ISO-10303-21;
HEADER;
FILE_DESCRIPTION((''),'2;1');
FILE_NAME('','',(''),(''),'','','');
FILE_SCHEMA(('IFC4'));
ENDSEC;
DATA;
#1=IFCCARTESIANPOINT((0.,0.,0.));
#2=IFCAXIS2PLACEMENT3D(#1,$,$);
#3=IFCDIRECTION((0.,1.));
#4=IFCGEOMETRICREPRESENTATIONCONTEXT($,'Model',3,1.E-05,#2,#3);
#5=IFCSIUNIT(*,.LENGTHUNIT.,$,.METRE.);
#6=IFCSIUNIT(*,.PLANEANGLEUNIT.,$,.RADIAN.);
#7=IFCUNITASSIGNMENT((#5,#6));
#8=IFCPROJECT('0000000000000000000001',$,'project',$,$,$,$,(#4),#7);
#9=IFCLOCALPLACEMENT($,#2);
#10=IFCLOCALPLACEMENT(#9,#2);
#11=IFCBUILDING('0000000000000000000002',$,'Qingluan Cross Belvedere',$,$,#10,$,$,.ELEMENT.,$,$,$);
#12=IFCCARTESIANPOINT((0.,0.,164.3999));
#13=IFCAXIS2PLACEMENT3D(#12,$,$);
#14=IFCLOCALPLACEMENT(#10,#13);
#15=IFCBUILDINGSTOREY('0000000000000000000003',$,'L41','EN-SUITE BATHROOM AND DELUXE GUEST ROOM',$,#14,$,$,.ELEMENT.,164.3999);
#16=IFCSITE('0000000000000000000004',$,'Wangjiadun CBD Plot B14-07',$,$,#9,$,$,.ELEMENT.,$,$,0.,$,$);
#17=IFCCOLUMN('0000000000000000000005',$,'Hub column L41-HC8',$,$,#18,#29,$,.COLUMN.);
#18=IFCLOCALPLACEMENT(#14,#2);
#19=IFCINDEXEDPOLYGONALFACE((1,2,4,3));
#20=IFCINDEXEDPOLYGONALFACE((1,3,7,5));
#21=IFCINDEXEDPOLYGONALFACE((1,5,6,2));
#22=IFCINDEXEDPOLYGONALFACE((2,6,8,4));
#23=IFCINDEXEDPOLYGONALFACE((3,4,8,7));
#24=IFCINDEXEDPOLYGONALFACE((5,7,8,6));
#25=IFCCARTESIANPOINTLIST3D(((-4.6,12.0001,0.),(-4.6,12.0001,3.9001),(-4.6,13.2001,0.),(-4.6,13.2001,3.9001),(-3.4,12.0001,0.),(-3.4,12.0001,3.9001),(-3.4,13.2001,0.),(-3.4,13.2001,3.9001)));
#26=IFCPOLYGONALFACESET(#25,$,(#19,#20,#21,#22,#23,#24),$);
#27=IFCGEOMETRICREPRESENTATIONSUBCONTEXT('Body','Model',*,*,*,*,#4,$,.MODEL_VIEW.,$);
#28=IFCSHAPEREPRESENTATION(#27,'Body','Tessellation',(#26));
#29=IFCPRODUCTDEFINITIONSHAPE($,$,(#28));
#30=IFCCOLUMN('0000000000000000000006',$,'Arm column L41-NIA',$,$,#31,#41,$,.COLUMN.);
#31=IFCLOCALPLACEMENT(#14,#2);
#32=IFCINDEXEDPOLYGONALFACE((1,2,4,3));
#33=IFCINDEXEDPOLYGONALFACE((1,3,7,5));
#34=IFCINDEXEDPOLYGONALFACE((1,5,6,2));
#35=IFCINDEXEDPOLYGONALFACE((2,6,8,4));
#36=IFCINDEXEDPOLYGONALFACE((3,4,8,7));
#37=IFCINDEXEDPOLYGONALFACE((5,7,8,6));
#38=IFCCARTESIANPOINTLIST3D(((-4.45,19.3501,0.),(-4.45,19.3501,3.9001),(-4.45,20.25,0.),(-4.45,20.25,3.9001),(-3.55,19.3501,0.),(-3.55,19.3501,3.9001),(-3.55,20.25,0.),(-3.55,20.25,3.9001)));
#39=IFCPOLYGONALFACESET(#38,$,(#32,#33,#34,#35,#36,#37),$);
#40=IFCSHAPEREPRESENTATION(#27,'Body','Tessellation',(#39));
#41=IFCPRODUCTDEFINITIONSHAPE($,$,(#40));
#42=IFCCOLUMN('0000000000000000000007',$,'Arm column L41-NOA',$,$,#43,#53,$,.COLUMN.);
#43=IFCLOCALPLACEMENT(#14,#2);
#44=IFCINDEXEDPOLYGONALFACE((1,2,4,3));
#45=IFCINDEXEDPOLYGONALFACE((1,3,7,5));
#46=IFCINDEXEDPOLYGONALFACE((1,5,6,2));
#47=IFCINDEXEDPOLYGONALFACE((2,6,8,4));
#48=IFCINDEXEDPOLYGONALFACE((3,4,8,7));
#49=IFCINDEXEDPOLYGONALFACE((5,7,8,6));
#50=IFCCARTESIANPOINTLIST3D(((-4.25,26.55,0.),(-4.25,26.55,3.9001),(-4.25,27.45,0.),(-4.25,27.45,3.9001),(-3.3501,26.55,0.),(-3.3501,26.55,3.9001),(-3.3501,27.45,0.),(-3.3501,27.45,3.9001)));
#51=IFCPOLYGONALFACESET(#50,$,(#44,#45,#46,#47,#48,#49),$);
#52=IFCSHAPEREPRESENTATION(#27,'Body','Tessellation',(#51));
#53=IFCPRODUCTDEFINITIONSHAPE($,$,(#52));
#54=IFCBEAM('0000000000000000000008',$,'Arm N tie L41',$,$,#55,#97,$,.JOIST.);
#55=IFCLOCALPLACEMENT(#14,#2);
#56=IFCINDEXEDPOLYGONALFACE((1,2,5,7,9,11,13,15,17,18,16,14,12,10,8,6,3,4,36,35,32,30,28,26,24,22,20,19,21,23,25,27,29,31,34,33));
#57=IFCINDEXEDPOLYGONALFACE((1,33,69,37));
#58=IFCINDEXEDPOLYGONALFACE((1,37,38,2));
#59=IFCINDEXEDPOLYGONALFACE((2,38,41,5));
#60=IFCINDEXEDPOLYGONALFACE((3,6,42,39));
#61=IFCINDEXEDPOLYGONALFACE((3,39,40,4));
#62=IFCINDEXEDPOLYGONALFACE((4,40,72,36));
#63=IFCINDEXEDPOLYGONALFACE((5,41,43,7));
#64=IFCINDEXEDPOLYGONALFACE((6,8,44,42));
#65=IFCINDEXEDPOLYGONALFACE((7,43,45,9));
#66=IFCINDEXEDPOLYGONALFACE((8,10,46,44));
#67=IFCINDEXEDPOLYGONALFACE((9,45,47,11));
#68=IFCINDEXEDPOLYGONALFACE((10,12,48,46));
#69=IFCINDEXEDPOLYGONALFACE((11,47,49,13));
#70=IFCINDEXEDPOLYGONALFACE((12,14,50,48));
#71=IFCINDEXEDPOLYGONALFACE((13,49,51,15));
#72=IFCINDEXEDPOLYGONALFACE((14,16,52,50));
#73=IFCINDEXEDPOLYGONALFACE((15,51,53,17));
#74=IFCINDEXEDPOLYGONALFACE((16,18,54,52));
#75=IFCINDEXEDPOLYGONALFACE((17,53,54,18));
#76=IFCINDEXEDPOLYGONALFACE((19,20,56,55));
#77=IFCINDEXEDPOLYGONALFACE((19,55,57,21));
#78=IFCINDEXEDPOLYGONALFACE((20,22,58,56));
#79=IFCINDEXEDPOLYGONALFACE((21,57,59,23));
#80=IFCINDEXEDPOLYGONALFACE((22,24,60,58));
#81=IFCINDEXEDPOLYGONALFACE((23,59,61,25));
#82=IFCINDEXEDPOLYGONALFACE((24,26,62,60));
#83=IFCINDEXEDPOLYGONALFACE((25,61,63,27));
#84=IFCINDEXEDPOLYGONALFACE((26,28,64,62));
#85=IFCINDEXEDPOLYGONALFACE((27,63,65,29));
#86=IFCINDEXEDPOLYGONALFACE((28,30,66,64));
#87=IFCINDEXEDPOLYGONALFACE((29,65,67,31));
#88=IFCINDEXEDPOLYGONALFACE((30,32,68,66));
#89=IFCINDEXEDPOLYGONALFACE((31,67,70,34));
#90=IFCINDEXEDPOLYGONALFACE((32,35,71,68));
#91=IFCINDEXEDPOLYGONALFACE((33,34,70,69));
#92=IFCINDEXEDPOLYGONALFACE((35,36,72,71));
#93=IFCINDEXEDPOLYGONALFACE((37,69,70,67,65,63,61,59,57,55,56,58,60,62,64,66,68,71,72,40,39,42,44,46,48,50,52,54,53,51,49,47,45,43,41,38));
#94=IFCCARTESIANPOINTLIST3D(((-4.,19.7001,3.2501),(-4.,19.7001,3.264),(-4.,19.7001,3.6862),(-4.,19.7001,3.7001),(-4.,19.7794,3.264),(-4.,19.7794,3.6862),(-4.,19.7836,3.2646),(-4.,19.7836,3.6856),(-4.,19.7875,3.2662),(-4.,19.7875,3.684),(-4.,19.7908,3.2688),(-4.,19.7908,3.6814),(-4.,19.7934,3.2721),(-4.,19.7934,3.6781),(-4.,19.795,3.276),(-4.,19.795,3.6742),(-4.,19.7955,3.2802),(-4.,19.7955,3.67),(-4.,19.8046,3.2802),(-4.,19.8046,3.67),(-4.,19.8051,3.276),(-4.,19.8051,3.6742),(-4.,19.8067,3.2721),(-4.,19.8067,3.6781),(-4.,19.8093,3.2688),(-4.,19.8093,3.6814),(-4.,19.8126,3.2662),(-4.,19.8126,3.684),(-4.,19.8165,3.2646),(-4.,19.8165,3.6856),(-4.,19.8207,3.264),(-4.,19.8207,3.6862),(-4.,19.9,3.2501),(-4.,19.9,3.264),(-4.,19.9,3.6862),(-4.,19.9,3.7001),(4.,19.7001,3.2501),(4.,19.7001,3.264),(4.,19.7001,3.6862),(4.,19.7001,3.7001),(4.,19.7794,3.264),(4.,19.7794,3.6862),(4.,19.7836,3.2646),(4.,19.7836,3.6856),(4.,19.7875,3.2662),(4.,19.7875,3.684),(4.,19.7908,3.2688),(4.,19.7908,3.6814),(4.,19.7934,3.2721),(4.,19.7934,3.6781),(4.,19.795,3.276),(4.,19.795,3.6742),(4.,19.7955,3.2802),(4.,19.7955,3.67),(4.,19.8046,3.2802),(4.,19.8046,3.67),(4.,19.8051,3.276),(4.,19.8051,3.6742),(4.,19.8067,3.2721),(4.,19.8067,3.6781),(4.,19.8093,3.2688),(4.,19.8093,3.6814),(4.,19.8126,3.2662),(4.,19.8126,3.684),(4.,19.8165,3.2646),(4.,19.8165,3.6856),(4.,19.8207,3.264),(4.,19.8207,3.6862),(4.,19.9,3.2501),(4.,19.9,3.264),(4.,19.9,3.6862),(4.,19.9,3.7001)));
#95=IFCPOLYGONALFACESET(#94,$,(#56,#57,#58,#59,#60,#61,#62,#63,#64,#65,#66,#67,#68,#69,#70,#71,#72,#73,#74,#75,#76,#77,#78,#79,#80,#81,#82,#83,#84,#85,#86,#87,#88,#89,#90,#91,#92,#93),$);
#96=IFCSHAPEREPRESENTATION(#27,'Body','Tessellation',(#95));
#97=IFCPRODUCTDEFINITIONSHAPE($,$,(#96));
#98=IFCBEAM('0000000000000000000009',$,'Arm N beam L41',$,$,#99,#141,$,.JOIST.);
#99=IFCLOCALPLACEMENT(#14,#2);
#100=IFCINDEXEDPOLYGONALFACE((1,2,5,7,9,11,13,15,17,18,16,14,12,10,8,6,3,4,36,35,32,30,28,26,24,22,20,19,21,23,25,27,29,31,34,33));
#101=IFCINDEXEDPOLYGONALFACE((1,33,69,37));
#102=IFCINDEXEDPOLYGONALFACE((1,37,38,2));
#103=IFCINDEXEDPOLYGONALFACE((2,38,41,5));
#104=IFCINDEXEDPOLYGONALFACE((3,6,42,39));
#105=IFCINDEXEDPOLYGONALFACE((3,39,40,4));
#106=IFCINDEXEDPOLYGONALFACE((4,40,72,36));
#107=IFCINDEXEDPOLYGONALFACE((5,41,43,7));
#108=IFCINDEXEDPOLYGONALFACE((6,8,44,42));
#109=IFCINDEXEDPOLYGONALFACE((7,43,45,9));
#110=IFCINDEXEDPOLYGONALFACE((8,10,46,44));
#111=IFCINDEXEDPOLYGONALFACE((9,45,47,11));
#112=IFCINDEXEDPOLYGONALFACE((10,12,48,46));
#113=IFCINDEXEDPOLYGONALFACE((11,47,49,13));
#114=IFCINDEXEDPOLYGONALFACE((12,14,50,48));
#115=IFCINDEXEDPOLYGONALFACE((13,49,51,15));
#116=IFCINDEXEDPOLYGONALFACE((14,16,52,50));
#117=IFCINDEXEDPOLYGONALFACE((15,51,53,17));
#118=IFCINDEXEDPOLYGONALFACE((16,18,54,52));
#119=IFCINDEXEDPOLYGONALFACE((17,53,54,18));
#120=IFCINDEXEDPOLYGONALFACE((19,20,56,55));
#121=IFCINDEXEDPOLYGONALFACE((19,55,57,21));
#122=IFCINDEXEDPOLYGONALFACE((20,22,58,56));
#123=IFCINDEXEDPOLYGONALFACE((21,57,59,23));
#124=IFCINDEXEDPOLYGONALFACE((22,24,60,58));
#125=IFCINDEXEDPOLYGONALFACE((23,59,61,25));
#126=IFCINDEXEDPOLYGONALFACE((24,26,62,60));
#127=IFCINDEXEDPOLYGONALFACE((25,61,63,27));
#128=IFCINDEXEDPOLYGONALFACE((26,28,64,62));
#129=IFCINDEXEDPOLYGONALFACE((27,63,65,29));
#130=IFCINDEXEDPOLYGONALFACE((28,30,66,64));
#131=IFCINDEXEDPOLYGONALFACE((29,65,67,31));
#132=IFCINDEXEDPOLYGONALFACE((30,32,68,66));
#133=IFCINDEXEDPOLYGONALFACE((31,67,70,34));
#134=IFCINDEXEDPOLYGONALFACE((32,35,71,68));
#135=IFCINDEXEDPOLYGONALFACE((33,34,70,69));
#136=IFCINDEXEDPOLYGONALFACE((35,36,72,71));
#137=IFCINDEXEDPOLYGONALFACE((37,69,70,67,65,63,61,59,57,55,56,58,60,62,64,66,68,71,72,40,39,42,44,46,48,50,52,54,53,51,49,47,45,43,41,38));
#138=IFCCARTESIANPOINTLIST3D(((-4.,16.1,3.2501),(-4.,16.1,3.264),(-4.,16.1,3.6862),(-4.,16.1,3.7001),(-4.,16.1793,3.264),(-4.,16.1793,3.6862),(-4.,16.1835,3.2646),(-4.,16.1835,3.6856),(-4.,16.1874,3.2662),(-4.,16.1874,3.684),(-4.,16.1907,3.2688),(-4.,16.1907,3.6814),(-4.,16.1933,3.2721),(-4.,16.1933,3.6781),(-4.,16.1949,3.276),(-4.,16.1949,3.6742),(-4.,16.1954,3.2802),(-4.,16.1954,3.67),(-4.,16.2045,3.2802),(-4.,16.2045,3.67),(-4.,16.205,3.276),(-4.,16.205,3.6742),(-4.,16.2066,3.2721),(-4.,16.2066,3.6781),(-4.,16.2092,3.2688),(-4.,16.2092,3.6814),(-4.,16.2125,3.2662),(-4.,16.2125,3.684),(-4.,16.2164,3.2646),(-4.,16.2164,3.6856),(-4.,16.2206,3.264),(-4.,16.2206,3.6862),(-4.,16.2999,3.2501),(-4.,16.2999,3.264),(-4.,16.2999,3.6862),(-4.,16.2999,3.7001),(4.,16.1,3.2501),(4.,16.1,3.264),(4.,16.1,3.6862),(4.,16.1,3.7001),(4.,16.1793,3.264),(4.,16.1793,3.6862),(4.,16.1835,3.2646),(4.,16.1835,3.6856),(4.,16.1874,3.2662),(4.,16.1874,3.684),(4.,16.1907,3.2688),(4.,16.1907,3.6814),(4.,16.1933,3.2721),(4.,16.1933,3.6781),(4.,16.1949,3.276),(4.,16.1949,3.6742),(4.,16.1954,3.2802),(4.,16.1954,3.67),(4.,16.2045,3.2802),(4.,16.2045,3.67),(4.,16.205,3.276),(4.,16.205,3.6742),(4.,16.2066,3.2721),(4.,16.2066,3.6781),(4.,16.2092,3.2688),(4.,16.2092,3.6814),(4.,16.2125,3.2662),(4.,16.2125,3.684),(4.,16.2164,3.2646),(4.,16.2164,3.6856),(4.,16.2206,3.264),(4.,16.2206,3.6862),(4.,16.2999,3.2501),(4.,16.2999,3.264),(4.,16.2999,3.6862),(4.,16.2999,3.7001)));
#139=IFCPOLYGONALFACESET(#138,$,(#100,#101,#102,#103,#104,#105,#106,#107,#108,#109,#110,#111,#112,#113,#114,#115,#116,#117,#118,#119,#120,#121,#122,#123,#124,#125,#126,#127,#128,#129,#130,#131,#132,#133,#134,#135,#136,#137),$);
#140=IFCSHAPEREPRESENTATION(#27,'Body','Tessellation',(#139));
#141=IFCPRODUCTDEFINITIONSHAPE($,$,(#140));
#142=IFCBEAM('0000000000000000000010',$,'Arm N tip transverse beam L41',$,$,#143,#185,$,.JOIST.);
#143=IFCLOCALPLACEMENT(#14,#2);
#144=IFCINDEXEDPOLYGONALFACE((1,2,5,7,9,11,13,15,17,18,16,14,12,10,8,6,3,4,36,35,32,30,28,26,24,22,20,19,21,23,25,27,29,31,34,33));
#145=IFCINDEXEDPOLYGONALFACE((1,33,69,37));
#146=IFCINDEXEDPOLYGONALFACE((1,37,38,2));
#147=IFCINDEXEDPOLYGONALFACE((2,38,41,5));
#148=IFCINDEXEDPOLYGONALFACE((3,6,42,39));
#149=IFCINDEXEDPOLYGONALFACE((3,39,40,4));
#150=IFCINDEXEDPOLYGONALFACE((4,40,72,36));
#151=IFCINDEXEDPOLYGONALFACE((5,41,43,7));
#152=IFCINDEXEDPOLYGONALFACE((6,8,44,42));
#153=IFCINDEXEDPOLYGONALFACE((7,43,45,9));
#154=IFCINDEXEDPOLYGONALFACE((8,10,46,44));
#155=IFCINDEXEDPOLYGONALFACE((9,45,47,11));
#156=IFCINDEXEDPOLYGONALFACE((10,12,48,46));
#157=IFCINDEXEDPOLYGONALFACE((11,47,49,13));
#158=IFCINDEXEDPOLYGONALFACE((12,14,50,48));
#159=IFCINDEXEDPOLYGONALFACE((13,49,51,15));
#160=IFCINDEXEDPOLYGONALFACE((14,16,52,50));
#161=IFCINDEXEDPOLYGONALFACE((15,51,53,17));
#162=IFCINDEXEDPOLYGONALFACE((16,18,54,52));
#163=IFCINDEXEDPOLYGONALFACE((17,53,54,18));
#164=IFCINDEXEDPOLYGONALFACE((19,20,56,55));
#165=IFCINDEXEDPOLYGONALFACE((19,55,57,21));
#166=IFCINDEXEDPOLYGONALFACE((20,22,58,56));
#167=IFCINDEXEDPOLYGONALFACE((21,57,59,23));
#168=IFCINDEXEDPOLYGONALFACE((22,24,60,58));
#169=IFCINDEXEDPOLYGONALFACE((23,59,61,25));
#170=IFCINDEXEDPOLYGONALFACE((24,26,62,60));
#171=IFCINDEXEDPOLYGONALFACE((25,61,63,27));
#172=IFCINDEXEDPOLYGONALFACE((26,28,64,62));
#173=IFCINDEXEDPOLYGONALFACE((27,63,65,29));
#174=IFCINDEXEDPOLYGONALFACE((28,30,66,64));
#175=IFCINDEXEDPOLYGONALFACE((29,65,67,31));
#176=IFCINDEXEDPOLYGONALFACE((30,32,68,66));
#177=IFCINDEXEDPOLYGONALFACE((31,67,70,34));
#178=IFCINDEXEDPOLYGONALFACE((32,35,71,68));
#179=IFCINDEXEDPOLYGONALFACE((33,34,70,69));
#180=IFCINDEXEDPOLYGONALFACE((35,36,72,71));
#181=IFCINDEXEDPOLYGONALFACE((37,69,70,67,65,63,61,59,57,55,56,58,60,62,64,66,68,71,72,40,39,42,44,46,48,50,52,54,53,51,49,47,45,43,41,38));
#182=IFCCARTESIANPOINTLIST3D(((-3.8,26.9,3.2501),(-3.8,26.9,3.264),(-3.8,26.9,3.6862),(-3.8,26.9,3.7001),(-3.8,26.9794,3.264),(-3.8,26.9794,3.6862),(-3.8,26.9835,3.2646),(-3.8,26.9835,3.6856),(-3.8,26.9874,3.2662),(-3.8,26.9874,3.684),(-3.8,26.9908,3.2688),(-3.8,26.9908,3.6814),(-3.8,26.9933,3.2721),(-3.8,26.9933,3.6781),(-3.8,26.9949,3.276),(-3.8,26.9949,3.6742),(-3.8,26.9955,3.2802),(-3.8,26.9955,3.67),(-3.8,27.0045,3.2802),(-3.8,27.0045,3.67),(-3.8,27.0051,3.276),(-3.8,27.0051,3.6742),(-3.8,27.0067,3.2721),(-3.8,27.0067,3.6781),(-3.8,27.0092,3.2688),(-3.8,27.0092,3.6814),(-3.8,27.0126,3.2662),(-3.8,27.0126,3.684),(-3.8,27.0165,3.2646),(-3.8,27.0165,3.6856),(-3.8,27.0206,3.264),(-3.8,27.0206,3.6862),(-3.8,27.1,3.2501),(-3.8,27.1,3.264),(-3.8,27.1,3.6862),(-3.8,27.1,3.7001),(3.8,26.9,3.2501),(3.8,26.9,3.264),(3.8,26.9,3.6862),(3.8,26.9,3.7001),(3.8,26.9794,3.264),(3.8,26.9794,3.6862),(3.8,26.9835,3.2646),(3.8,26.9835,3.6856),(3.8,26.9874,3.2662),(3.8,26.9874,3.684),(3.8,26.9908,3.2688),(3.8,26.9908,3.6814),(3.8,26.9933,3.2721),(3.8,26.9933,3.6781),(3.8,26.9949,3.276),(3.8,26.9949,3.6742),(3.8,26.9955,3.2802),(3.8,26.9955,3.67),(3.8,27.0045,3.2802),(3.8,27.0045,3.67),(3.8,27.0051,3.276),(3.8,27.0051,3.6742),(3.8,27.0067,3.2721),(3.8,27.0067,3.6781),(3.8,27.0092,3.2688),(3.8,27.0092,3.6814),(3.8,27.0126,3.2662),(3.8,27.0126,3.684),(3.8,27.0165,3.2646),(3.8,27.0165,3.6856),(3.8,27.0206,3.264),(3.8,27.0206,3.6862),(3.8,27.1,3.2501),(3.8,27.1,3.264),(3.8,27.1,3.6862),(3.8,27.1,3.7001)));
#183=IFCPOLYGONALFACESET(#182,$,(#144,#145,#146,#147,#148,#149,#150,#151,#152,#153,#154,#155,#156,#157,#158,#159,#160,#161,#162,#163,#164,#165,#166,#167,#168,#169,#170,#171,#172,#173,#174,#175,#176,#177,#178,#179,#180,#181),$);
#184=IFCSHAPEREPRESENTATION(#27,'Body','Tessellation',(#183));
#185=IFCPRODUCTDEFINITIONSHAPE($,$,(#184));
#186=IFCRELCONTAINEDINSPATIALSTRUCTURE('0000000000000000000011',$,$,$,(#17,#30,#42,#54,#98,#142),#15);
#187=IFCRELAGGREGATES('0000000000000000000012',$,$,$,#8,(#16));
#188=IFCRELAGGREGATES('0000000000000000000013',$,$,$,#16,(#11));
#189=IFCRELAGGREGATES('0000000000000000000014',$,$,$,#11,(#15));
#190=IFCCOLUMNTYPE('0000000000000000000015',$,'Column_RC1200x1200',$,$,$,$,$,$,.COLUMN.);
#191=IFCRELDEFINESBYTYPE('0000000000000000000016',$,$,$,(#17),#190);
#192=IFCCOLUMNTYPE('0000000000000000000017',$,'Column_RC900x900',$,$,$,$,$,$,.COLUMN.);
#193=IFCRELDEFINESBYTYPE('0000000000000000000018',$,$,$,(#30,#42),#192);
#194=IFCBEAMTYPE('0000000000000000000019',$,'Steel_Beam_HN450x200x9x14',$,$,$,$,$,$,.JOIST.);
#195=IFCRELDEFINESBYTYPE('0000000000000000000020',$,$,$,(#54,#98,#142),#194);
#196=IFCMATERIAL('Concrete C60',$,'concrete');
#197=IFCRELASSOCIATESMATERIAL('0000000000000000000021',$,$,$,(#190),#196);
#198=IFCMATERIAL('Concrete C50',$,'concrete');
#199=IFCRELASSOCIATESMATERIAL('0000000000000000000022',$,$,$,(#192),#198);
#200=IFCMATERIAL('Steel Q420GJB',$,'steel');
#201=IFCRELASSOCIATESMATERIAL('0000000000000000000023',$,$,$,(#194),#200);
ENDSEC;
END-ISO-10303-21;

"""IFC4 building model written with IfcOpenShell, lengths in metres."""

from ifc_helpers import new_model, si_unit, direction, frame, origin, origin_2d, place, context, subcontext, project, spatial, rectangle, i_section, extrude, material, material_profile, profile_set, type_object, element, save


model = new_model("IFC4")

# Units and contexts
model_context = context("Model", 3, precision=1e-05, world=origin(), true_north=direction((0.0, 1.0)))
body_context = subcontext(model_context, "Body", "Model", "MODEL_VIEW")
ifc_project = project(units=[si_unit("LENGTHUNIT", "METRE"), si_unit("PLANEANGLEUNIT", "RADIAN")], contexts=[model_context])

# Site, building, storey
site_placement = place(None, origin())
site = spatial("IfcSite", under=ifc_project, at=site_placement, Name="Wangjiadun CBD Plot B14-07", CompositionType="ELEMENT", RefElevation=0.0)
building_placement = place(site_placement, origin())
building = spatial("IfcBuilding", under=site, at=building_placement, Name="Qingluan Cross Belvedere", CompositionType="ELEMENT")
storey_placement = place(building_placement, frame((0.0, 0.0, 164.3999)))
storey = spatial("IfcBuildingStorey", under=building, at=storey_placement, Name="L41", Description="EN-SUITE BATHROOM AND DELUXE GUEST ROOM", CompositionType="ELEMENT", Elevation=164.3999)

# Columns
ifc_material_1 = material(Name="Concrete C60", Category="concrete")
ifc_material_profile_1 = material_profile(ifc_material_1, rectangle(XDim=1.2, YDim=1.2, at=origin_2d()), Name="RC1200x1200")
ifc_profile_set_1 = profile_set([ifc_material_profile_1], Name="Concrete C60")
column_type_1 = type_object("IfcColumnType", Name="Column_RC1200x1200", PredefinedType="COLUMN", material=ifc_profile_set_1)
column_placement = place(storey_placement, frame((-4.0, 12.6001, 0.0), z_axis=(0.0, 0.0, 1.0), x_axis=(1.0, 0.0, 0.0)))
element("IfcColumn", 1, at=column_placement, inside=storey, type_object=column_type_1, Name="Hub column L41-HC8", PredefinedType="COLUMN", context=body_context, shape_type="SweptSolid", body=[
    extrude(rectangle(XDim=1.2, YDim=1.2, at=origin_2d()), origin(), (0.0, 0.0, 1.0), 3.9001),
])
ifc_material_2 = material(Name="Concrete C50", Category="concrete")
ifc_material_profile_2 = material_profile(ifc_material_2, rectangle(XDim=0.8999, YDim=0.8999, at=origin_2d()), Name="RC900x900")
ifc_profile_set_2 = profile_set([ifc_material_profile_2], Name="Concrete C50")
column_type_2 = type_object("IfcColumnType", Name="Column_RC900x900", PredefinedType="COLUMN", material=ifc_profile_set_2)
for number, where, z_axis, x_axis, name in (
    (2, (-4.0, 19.8, 0.0), (0.0, 0.0, 1.0), (1.0, 0.0, 0.0), "Arm column L41-NIA"),
    (3, (-3.8, 27.0, 0.0), (0.0, 0.0, 1.0), (1.0, 0.0, 0.0), "Arm column L41-NOA"),
):
    element("IfcColumn", number, at=place(storey_placement, frame(where, z_axis=z_axis, x_axis=x_axis)), inside=storey, type_object=column_type_2, Name=name, PredefinedType="COLUMN", context=body_context, shape_type="SweptSolid", body=[
        extrude(rectangle(XDim=0.8999, YDim=0.8999, at=origin_2d()), origin(), (0.0, 0.0, 1.0), 3.9001),
    ])

# Beams
ifc_material_3 = material(Name="Steel Q420GJB", Category="steel")
ifc_material_profile_3 = material_profile(ifc_material_3, i_section(OverallWidth=0.2, OverallDepth=0.45, WebThickness=0.009, FlangeThickness=0.0139, FilletRadius=0.0161, at=origin_2d()), Name="HN450x200x9x14")
ifc_profile_set_3 = profile_set([ifc_material_profile_3], Name="Steel Q420GJB")
beam_type_1 = type_object("IfcBeamType", Name="Steel_Beam_HN450x200x9x14", PredefinedType="JOIST", material=ifc_profile_set_3)
for number, where, z_axis, x_axis, name in (
    (4, (-4.0, 19.8, 3.4751), (1.0, 0.0, 0.0), (0.0, 1.0, 0.0), "Arm N tie L41"),
    (5, (-4.0, 16.2, 3.4751), (1.0, 0.0, 0.0), (0.0, 1.0, 0.0), "Arm N beam L41"),
):
    element("IfcBeam", number, at=place(storey_placement, frame(where, z_axis=z_axis, x_axis=x_axis)), inside=storey, type_object=beam_type_1, Name=name, PredefinedType="JOIST", context=body_context, shape_type="SweptSolid", body=[
        extrude(i_section(OverallWidth=0.2, OverallDepth=0.45, WebThickness=0.009, FlangeThickness=0.0139, FilletRadius=0.0161, at=origin_2d()), origin(), (0.0, 0.0, 1.0), 8.0),
    ])
beam_1_placement = place(storey_placement, frame((-3.8, 27.0, 3.4751), z_axis=(1.0, 0.0, 0.0), x_axis=(0.0, 1.0, 0.0)))
element("IfcBeam", 6, at=beam_1_placement, inside=storey, type_object=beam_type_1, Name="Arm N tip transverse beam L41", PredefinedType="JOIST", context=body_context, shape_type="SweptSolid", body=[
    extrude(i_section(OverallWidth=0.2, OverallDepth=0.45, WebThickness=0.009, FlangeThickness=0.0139, FilletRadius=0.0161, at=origin_2d()), origin(), (0.0, 0.0, 1.0), 7.6001),
])

save(model, "model.ifc")
